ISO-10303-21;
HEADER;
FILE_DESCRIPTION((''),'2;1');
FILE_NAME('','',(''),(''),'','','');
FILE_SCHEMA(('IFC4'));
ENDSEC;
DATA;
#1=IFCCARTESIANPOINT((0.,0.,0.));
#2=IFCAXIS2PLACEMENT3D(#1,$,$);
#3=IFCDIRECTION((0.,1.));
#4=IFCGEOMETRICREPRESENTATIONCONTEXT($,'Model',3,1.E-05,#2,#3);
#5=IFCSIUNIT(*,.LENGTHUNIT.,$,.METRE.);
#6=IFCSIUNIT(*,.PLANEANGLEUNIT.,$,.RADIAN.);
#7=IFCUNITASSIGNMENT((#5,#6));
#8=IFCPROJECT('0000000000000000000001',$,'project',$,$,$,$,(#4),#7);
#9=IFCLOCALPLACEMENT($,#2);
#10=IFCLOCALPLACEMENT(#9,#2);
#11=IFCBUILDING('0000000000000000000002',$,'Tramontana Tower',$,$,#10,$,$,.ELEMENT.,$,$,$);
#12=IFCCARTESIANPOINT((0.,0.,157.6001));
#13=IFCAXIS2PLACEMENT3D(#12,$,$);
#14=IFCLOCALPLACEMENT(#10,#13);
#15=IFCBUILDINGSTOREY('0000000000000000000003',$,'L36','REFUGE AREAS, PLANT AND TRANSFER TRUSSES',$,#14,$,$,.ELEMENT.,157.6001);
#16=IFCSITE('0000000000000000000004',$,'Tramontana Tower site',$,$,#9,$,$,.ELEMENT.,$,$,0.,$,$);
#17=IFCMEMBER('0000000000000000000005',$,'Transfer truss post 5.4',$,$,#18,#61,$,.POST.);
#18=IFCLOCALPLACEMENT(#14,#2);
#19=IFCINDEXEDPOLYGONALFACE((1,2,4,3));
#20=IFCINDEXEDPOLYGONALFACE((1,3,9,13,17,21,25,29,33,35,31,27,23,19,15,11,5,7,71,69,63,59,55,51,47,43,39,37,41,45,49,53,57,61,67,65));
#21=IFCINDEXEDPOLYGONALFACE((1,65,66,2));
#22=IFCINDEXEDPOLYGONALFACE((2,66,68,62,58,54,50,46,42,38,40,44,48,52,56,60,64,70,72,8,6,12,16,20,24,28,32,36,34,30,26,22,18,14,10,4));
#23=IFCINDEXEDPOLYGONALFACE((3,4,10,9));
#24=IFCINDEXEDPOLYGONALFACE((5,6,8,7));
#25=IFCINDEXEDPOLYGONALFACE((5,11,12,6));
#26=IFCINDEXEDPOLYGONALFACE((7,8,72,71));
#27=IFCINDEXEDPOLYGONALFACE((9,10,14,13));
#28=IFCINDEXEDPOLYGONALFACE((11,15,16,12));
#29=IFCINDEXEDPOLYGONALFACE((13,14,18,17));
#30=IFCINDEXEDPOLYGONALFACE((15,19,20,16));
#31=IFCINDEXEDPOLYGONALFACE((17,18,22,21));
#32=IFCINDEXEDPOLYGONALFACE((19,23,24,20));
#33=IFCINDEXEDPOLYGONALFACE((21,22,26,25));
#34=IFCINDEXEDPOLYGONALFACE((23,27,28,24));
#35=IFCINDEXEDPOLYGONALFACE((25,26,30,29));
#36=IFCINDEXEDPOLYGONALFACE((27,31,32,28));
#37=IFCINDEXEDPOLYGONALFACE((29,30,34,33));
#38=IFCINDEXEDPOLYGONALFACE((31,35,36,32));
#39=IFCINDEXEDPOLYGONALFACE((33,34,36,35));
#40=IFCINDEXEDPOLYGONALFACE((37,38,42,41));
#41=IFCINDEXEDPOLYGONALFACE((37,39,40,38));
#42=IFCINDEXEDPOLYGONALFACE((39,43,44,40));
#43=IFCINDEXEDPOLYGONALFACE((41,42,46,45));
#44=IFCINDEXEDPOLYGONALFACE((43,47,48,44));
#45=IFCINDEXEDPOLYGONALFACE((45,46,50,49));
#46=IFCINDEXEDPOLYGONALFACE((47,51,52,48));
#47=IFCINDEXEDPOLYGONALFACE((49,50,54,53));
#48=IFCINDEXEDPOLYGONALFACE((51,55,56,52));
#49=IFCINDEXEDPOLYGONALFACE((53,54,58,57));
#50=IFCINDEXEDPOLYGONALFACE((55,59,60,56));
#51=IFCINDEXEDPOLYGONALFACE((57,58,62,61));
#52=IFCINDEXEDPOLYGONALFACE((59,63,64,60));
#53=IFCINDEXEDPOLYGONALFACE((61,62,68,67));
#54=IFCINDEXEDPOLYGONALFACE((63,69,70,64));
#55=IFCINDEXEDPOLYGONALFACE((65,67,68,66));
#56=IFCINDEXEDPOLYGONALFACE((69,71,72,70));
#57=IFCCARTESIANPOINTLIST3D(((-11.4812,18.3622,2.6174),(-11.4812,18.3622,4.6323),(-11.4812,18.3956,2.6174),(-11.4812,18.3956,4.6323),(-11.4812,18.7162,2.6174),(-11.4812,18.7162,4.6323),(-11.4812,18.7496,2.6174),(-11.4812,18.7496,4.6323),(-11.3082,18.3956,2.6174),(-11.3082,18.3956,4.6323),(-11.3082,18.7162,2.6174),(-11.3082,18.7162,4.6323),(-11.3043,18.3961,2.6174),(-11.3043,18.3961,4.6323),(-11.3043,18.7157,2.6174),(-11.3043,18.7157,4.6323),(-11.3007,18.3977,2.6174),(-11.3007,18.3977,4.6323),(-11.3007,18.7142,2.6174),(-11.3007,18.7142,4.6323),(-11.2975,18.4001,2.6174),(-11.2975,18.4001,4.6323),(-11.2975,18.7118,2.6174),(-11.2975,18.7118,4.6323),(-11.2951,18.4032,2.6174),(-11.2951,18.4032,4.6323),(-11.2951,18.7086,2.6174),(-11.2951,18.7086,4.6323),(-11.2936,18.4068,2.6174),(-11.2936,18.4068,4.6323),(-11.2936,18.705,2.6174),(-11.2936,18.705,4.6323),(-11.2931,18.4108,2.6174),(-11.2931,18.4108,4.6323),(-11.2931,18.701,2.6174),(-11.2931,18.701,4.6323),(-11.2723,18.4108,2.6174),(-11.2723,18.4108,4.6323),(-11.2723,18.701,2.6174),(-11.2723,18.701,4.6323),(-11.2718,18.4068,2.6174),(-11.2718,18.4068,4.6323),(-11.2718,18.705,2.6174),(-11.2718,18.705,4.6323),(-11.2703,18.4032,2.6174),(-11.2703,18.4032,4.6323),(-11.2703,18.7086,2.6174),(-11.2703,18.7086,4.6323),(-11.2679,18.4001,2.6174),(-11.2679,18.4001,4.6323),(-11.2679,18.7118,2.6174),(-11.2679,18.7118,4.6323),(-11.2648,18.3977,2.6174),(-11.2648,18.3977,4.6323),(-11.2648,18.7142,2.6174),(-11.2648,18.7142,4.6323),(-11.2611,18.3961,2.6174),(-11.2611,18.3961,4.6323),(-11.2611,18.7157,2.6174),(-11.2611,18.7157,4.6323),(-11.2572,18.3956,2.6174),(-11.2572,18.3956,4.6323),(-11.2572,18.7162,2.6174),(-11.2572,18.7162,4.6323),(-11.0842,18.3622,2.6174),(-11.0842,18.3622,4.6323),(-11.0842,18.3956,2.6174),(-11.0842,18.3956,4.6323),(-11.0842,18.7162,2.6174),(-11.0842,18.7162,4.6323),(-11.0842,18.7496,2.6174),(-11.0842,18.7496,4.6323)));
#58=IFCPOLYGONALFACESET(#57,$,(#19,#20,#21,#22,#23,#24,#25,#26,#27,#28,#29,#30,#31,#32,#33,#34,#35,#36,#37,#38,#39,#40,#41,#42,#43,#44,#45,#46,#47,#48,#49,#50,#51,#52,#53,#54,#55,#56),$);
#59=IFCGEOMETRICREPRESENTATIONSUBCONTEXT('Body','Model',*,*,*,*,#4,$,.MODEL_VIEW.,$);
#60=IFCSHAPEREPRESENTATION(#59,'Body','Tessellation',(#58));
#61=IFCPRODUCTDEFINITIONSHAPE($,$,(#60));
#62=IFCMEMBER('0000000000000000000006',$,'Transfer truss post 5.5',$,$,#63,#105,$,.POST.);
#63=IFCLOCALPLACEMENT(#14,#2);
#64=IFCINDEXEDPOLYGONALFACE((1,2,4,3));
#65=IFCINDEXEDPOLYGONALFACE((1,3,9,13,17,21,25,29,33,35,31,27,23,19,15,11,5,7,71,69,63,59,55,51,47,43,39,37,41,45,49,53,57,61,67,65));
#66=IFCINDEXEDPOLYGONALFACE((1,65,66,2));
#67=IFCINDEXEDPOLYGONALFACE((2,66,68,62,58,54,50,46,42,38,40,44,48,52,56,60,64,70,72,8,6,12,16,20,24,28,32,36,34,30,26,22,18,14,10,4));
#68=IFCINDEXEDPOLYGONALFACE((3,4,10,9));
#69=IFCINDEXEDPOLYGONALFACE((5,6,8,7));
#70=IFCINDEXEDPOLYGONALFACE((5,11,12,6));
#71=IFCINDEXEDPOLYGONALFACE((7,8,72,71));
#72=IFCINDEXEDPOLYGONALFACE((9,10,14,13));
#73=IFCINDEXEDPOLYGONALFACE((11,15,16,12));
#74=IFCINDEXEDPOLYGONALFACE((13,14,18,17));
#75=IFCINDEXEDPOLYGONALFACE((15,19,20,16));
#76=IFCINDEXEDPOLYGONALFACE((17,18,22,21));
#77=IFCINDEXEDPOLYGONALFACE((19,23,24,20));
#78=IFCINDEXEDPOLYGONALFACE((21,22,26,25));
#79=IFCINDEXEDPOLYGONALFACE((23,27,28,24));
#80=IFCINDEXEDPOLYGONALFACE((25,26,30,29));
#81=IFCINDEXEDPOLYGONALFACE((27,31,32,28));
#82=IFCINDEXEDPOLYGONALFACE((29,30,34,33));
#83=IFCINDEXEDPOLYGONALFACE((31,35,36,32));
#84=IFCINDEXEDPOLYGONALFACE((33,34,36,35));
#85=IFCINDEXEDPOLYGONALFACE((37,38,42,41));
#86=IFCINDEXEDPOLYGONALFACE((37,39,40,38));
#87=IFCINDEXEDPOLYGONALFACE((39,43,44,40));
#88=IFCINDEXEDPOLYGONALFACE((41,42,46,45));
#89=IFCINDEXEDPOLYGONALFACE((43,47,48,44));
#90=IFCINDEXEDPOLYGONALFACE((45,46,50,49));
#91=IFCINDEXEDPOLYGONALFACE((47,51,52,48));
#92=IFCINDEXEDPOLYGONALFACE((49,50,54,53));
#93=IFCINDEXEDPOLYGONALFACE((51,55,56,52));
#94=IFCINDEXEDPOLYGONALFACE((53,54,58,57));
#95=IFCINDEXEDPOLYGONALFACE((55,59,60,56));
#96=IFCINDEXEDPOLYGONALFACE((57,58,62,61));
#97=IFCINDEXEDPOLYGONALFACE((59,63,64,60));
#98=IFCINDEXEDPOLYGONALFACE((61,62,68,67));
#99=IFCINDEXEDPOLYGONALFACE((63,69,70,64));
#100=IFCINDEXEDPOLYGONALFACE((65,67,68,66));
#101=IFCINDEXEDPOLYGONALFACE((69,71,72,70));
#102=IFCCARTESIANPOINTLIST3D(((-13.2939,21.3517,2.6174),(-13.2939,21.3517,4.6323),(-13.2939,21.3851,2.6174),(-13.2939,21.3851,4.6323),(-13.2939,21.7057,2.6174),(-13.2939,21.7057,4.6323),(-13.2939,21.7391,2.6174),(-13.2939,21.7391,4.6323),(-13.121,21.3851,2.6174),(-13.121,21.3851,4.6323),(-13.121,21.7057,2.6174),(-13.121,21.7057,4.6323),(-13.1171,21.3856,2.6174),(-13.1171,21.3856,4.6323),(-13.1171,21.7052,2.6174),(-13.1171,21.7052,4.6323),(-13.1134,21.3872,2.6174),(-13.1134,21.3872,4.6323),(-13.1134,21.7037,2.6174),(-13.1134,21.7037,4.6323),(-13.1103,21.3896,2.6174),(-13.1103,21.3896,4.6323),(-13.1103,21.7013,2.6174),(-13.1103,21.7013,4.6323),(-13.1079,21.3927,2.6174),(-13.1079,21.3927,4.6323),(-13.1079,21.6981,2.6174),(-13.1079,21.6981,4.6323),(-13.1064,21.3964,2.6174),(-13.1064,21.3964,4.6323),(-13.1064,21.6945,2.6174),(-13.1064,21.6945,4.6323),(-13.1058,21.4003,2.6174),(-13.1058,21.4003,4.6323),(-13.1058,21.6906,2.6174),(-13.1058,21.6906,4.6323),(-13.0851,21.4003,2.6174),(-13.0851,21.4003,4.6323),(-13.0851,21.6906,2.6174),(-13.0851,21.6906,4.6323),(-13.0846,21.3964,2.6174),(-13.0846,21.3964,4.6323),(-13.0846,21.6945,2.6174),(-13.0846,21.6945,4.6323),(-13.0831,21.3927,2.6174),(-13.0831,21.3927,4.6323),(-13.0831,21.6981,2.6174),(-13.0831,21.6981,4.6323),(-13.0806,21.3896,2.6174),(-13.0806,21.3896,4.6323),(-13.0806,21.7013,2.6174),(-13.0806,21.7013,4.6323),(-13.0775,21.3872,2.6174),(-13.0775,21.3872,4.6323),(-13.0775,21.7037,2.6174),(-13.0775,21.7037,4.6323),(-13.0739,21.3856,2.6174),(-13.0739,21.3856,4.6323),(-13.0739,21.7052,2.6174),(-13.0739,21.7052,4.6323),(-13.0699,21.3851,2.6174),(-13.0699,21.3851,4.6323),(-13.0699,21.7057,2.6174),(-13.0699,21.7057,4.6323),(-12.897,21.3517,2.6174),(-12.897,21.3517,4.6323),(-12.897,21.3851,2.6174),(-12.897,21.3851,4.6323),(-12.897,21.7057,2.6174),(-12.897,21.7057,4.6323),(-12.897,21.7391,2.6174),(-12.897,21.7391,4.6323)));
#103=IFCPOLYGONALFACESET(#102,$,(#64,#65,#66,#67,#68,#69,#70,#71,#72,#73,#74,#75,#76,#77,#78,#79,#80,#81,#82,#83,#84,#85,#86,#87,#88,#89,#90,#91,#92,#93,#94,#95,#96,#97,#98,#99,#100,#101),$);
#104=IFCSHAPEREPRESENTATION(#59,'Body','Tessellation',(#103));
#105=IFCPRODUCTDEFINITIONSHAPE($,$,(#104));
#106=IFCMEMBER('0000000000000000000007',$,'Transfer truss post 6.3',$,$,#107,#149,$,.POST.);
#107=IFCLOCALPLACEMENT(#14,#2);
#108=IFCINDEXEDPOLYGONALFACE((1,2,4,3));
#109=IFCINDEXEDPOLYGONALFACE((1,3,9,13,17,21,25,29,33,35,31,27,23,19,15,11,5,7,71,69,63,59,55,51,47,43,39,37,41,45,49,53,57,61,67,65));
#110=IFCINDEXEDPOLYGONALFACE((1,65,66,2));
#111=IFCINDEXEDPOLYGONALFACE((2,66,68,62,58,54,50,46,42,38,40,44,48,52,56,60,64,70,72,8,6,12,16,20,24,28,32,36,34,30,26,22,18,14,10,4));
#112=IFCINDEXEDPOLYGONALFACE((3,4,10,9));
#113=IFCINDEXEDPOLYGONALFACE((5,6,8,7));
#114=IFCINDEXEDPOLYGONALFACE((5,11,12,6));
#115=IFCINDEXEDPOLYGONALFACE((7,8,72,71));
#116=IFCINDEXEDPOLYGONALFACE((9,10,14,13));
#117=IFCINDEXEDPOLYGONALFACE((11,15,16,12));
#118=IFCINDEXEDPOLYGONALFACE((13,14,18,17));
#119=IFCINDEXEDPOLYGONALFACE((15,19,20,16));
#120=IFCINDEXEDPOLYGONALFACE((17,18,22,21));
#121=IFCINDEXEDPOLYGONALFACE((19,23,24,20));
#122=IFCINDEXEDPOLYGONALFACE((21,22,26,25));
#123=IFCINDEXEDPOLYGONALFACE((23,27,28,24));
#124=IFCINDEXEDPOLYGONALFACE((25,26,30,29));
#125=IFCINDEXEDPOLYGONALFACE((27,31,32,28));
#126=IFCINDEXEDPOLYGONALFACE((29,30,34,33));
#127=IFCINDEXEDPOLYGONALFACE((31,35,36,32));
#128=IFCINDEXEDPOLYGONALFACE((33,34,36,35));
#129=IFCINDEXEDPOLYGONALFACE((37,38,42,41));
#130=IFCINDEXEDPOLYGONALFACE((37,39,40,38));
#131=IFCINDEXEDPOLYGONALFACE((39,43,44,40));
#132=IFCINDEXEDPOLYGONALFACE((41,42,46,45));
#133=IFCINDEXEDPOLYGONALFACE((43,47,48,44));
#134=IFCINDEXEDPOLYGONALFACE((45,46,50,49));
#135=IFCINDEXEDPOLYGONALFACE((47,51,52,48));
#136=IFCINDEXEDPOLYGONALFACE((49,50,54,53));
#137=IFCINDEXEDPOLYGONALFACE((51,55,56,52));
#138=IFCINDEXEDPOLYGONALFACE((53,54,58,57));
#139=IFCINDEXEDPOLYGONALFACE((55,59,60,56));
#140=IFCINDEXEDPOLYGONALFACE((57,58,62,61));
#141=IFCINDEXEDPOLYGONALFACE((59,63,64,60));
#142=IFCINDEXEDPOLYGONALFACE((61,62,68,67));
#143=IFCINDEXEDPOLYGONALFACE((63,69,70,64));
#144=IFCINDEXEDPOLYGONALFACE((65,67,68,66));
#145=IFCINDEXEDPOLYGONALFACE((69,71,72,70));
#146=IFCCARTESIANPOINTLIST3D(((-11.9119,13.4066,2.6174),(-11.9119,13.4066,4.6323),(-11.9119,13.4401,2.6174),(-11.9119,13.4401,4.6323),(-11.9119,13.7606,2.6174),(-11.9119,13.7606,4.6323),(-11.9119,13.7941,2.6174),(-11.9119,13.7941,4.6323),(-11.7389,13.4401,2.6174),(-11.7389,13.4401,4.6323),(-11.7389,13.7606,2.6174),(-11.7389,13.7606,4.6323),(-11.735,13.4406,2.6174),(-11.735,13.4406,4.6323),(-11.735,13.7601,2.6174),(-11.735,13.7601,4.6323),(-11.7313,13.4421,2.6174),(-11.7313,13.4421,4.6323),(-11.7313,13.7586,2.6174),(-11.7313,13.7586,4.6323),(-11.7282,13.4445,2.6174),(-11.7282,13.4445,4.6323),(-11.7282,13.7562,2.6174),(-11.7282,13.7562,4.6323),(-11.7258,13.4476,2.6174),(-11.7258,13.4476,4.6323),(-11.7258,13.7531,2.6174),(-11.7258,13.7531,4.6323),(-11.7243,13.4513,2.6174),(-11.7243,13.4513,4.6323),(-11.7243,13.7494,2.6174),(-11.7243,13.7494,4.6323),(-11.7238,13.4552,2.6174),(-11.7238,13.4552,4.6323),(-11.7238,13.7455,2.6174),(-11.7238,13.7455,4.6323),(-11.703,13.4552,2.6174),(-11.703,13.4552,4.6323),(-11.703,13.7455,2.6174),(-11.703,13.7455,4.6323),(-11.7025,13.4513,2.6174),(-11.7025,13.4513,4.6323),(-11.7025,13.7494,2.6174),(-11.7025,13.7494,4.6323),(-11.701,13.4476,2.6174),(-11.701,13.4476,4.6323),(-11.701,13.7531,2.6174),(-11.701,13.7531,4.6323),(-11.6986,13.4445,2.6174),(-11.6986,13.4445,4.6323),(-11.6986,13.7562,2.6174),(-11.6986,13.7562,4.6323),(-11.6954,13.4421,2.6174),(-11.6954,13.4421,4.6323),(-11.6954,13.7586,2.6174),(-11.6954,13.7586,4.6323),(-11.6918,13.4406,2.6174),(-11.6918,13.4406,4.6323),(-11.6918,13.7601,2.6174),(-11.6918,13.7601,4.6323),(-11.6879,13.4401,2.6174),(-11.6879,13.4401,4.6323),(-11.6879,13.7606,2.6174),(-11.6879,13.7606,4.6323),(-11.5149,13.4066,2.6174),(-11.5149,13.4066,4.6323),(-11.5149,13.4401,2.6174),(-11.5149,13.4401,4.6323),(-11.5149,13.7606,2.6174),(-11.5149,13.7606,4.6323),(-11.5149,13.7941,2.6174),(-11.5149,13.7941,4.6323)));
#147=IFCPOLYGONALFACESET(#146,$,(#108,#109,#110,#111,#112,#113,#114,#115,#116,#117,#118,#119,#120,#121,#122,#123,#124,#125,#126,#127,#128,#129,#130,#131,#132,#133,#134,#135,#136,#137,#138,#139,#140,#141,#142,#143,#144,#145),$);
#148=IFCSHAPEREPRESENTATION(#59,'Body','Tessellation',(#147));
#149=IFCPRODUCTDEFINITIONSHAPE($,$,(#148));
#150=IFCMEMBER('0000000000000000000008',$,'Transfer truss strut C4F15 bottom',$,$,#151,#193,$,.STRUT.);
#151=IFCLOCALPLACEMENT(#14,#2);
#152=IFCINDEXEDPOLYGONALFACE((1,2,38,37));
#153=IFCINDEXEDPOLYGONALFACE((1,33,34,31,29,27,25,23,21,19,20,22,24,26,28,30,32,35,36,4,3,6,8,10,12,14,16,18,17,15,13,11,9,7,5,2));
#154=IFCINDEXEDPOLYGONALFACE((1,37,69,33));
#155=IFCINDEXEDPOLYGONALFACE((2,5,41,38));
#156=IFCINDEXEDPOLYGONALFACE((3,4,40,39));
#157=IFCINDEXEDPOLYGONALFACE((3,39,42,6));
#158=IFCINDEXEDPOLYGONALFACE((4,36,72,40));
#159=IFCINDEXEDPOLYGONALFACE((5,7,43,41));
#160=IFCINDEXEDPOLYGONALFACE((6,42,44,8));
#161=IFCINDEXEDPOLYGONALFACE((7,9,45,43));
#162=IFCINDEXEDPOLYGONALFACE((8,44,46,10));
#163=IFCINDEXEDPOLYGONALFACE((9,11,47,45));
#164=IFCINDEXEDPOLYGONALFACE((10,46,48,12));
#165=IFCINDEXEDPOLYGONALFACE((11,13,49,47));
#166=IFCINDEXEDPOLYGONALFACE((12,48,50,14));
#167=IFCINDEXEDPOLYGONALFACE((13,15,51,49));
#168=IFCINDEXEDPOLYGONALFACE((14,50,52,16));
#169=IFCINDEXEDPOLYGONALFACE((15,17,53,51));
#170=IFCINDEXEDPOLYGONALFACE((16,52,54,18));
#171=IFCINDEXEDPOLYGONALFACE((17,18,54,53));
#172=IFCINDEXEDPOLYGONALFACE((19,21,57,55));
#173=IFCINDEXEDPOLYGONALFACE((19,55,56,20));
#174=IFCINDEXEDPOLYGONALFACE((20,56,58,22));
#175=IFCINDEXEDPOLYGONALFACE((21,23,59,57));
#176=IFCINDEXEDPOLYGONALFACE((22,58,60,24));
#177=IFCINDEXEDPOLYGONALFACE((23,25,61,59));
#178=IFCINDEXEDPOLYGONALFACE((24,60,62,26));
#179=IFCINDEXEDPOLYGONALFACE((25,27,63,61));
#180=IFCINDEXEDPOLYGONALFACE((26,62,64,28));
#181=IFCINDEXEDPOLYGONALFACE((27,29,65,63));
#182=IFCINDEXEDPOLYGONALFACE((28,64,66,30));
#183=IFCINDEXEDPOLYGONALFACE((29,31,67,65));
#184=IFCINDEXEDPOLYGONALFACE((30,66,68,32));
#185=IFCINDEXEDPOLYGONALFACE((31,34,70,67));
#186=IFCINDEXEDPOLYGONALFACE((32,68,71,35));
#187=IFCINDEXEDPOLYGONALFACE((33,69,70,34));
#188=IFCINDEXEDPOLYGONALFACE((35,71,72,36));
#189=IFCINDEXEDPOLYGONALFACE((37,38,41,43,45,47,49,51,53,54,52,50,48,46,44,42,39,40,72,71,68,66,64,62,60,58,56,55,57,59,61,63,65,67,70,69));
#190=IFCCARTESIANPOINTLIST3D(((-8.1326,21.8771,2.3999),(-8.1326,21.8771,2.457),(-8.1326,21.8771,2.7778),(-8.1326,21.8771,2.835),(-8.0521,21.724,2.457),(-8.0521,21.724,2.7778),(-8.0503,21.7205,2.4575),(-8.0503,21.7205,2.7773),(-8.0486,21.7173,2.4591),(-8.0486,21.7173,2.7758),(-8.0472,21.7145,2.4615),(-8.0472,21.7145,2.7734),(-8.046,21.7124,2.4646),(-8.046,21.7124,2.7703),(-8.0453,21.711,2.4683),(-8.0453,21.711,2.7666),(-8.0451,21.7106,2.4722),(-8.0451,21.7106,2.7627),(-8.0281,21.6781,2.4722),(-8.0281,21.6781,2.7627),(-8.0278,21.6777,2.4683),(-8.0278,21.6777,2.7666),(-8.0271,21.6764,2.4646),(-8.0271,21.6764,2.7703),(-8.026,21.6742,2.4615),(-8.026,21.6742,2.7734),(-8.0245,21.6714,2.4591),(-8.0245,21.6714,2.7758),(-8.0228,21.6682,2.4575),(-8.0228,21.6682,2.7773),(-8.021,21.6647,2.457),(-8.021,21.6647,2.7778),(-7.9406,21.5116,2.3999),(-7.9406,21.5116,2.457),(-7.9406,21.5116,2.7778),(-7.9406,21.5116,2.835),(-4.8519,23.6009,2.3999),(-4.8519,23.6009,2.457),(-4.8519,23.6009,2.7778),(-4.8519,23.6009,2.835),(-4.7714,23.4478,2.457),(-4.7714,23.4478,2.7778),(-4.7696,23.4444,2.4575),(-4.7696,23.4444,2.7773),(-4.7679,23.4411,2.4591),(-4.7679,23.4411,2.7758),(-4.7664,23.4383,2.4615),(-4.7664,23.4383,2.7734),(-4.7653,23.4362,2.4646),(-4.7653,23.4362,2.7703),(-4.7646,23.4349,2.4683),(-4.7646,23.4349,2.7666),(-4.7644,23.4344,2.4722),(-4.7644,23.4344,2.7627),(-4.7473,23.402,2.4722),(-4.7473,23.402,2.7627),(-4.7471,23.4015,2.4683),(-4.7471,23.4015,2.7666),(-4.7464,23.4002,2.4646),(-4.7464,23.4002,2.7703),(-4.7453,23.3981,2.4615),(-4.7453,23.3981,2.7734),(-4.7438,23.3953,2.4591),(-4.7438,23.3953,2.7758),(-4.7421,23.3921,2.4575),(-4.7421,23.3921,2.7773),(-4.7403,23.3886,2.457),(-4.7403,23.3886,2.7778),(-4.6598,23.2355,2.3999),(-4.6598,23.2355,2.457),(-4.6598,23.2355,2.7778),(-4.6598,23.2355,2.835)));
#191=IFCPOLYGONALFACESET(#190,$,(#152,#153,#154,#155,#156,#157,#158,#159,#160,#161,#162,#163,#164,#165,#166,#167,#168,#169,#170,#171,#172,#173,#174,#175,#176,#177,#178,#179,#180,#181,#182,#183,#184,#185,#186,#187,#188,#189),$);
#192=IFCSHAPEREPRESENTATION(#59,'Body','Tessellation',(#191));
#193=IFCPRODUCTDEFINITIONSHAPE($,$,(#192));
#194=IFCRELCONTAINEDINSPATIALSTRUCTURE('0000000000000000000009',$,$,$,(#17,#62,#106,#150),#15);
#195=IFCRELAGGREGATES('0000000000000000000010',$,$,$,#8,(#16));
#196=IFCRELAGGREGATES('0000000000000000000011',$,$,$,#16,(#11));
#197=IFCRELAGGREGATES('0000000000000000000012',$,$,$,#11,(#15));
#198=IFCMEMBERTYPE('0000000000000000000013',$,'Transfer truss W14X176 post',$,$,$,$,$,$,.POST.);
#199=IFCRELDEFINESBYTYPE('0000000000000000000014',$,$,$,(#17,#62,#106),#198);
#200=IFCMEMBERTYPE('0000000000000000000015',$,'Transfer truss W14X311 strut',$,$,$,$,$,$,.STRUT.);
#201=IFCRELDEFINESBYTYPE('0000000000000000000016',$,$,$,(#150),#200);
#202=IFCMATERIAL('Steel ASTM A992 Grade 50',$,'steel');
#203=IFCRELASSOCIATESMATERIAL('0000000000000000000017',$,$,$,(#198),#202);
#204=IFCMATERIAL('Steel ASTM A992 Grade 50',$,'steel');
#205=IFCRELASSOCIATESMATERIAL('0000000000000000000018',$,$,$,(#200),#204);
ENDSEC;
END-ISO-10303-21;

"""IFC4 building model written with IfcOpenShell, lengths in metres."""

from ifc_helpers import new_model, si_unit, direction, frame, origin, origin_2d, place, context, subcontext, project, spatial, i_section, extrude, material, material_profile, profile_set, type_object, element, save


model = new_model("IFC4")

# Units and contexts
model_context = context("Model", 3, precision=1e-05, world=origin(), true_north=direction((0.0, 1.0)))
body_context = subcontext(model_context, "Body", "Model", "MODEL_VIEW")
ifc_project = project(units=[si_unit("LENGTHUNIT", "METRE"), si_unit("PLANEANGLEUNIT", "RADIAN")], contexts=[model_context])

# Site, building, storey
site_placement = place(None, origin())
site = spatial("IfcSite", under=ifc_project, at=site_placement, Name="Tramontana Tower site", CompositionType="ELEMENT", RefElevation=0.0)
building_placement = place(site_placement, origin())
building = spatial("IfcBuilding", under=site, at=building_placement, Name="Tramontana Tower", CompositionType="ELEMENT")
storey_placement = place(building_placement, frame((0.0, 0.0, 157.6001)))
storey = spatial("IfcBuildingStorey", under=building, at=storey_placement, Name="L36", Description="REFUGE AREAS, PLANT AND TRANSFER TRUSSES", CompositionType="ELEMENT", Elevation=157.6001)

# Members
ifc_material_1 = material(Name="Steel ASTM A992 Grade 50", Category="steel")
ifc_material_profile_1 = material_profile(ifc_material_1, i_section(OverallWidth=0.397, OverallDepth=0.3875, WebThickness=0.0208, FlangeThickness=0.0334, FilletRadius=0.0151, at=origin_2d()), Name="W14X176")
ifc_profile_set_1 = profile_set([ifc_material_profile_1], Name="Steel ASTM A992 Grade 50")
member_type_1 = type_object("IfcMemberType", Name="Transfer truss W14X176 post", PredefinedType="POST", material=ifc_profile_set_1)
for number, where, z_axis, x_axis, name in (
    (1, (-11.2827, 18.5559, 2.6174), (0.0, 0.0, 1.0), (1.0, 0.0, 0.0), "Transfer truss post 5.4"),
    (2, (-13.0955, 21.5454, 2.6174), (0.0, 0.0, 1.0), (1.0, 0.0, 0.0), "Transfer truss post 5.5"),
    (3, (-11.7134, 13.6003, 2.6174), (0.0, 0.0, 1.0), (1.0, 0.0, 0.0), "Transfer truss post 6.3"),
):
    element("IfcMember", number, at=place(storey_placement, frame(where, z_axis=z_axis, x_axis=x_axis)), inside=storey, type_object=member_type_1, Name=name, PredefinedType="POST", context=body_context, shape_type="SweptSolid", body=[
        extrude(i_section(OverallWidth=0.397, OverallDepth=0.3875, WebThickness=0.0208, FlangeThickness=0.0334, FilletRadius=0.0151, at=origin_2d()), origin(), (0.0, 0.0, 1.0), 2.0149),
    ])
ifc_material_2 = material(Name="Steel ASTM A992 Grade 50", Category="steel")
ifc_material_profile_2 = material_profile(ifc_material_2, i_section(OverallWidth=0.4128, OverallDepth=0.4351, WebThickness=0.0366, FlangeThickness=0.0571, FilletRadius=0.0151, at=origin_2d()), Name="W14X311")
ifc_profile_set_2 = profile_set([ifc_material_profile_2], Name="Steel ASTM A992 Grade 50")
member_type_2 = type_object("IfcMemberType", Name="Transfer truss W14X311 strut", PredefinedType="STRUT", material=ifc_profile_set_2)
member_1_placement = place(storey_placement, frame((-4.7559, 23.4182, 2.6174), z_axis=(-0.885234, -0.465146, 0.0), x_axis=(0.465146, -0.885234, 0.0)))
element("IfcMember", 4, at=member_1_placement, inside=storey, type_object=member_type_2, Name="Transfer truss strut C4F15 bottom", PredefinedType="STRUT", context=body_context, shape_type="SweptSolid", body=[
    extrude(i_section(OverallWidth=0.4128, OverallDepth=0.4351, WebThickness=0.0366, FlangeThickness=0.0571, FilletRadius=0.0151, at=origin_2d()), origin(), (0.0, 0.0, 1.0), 3.7061),
])

save(model, "model.ifc")
